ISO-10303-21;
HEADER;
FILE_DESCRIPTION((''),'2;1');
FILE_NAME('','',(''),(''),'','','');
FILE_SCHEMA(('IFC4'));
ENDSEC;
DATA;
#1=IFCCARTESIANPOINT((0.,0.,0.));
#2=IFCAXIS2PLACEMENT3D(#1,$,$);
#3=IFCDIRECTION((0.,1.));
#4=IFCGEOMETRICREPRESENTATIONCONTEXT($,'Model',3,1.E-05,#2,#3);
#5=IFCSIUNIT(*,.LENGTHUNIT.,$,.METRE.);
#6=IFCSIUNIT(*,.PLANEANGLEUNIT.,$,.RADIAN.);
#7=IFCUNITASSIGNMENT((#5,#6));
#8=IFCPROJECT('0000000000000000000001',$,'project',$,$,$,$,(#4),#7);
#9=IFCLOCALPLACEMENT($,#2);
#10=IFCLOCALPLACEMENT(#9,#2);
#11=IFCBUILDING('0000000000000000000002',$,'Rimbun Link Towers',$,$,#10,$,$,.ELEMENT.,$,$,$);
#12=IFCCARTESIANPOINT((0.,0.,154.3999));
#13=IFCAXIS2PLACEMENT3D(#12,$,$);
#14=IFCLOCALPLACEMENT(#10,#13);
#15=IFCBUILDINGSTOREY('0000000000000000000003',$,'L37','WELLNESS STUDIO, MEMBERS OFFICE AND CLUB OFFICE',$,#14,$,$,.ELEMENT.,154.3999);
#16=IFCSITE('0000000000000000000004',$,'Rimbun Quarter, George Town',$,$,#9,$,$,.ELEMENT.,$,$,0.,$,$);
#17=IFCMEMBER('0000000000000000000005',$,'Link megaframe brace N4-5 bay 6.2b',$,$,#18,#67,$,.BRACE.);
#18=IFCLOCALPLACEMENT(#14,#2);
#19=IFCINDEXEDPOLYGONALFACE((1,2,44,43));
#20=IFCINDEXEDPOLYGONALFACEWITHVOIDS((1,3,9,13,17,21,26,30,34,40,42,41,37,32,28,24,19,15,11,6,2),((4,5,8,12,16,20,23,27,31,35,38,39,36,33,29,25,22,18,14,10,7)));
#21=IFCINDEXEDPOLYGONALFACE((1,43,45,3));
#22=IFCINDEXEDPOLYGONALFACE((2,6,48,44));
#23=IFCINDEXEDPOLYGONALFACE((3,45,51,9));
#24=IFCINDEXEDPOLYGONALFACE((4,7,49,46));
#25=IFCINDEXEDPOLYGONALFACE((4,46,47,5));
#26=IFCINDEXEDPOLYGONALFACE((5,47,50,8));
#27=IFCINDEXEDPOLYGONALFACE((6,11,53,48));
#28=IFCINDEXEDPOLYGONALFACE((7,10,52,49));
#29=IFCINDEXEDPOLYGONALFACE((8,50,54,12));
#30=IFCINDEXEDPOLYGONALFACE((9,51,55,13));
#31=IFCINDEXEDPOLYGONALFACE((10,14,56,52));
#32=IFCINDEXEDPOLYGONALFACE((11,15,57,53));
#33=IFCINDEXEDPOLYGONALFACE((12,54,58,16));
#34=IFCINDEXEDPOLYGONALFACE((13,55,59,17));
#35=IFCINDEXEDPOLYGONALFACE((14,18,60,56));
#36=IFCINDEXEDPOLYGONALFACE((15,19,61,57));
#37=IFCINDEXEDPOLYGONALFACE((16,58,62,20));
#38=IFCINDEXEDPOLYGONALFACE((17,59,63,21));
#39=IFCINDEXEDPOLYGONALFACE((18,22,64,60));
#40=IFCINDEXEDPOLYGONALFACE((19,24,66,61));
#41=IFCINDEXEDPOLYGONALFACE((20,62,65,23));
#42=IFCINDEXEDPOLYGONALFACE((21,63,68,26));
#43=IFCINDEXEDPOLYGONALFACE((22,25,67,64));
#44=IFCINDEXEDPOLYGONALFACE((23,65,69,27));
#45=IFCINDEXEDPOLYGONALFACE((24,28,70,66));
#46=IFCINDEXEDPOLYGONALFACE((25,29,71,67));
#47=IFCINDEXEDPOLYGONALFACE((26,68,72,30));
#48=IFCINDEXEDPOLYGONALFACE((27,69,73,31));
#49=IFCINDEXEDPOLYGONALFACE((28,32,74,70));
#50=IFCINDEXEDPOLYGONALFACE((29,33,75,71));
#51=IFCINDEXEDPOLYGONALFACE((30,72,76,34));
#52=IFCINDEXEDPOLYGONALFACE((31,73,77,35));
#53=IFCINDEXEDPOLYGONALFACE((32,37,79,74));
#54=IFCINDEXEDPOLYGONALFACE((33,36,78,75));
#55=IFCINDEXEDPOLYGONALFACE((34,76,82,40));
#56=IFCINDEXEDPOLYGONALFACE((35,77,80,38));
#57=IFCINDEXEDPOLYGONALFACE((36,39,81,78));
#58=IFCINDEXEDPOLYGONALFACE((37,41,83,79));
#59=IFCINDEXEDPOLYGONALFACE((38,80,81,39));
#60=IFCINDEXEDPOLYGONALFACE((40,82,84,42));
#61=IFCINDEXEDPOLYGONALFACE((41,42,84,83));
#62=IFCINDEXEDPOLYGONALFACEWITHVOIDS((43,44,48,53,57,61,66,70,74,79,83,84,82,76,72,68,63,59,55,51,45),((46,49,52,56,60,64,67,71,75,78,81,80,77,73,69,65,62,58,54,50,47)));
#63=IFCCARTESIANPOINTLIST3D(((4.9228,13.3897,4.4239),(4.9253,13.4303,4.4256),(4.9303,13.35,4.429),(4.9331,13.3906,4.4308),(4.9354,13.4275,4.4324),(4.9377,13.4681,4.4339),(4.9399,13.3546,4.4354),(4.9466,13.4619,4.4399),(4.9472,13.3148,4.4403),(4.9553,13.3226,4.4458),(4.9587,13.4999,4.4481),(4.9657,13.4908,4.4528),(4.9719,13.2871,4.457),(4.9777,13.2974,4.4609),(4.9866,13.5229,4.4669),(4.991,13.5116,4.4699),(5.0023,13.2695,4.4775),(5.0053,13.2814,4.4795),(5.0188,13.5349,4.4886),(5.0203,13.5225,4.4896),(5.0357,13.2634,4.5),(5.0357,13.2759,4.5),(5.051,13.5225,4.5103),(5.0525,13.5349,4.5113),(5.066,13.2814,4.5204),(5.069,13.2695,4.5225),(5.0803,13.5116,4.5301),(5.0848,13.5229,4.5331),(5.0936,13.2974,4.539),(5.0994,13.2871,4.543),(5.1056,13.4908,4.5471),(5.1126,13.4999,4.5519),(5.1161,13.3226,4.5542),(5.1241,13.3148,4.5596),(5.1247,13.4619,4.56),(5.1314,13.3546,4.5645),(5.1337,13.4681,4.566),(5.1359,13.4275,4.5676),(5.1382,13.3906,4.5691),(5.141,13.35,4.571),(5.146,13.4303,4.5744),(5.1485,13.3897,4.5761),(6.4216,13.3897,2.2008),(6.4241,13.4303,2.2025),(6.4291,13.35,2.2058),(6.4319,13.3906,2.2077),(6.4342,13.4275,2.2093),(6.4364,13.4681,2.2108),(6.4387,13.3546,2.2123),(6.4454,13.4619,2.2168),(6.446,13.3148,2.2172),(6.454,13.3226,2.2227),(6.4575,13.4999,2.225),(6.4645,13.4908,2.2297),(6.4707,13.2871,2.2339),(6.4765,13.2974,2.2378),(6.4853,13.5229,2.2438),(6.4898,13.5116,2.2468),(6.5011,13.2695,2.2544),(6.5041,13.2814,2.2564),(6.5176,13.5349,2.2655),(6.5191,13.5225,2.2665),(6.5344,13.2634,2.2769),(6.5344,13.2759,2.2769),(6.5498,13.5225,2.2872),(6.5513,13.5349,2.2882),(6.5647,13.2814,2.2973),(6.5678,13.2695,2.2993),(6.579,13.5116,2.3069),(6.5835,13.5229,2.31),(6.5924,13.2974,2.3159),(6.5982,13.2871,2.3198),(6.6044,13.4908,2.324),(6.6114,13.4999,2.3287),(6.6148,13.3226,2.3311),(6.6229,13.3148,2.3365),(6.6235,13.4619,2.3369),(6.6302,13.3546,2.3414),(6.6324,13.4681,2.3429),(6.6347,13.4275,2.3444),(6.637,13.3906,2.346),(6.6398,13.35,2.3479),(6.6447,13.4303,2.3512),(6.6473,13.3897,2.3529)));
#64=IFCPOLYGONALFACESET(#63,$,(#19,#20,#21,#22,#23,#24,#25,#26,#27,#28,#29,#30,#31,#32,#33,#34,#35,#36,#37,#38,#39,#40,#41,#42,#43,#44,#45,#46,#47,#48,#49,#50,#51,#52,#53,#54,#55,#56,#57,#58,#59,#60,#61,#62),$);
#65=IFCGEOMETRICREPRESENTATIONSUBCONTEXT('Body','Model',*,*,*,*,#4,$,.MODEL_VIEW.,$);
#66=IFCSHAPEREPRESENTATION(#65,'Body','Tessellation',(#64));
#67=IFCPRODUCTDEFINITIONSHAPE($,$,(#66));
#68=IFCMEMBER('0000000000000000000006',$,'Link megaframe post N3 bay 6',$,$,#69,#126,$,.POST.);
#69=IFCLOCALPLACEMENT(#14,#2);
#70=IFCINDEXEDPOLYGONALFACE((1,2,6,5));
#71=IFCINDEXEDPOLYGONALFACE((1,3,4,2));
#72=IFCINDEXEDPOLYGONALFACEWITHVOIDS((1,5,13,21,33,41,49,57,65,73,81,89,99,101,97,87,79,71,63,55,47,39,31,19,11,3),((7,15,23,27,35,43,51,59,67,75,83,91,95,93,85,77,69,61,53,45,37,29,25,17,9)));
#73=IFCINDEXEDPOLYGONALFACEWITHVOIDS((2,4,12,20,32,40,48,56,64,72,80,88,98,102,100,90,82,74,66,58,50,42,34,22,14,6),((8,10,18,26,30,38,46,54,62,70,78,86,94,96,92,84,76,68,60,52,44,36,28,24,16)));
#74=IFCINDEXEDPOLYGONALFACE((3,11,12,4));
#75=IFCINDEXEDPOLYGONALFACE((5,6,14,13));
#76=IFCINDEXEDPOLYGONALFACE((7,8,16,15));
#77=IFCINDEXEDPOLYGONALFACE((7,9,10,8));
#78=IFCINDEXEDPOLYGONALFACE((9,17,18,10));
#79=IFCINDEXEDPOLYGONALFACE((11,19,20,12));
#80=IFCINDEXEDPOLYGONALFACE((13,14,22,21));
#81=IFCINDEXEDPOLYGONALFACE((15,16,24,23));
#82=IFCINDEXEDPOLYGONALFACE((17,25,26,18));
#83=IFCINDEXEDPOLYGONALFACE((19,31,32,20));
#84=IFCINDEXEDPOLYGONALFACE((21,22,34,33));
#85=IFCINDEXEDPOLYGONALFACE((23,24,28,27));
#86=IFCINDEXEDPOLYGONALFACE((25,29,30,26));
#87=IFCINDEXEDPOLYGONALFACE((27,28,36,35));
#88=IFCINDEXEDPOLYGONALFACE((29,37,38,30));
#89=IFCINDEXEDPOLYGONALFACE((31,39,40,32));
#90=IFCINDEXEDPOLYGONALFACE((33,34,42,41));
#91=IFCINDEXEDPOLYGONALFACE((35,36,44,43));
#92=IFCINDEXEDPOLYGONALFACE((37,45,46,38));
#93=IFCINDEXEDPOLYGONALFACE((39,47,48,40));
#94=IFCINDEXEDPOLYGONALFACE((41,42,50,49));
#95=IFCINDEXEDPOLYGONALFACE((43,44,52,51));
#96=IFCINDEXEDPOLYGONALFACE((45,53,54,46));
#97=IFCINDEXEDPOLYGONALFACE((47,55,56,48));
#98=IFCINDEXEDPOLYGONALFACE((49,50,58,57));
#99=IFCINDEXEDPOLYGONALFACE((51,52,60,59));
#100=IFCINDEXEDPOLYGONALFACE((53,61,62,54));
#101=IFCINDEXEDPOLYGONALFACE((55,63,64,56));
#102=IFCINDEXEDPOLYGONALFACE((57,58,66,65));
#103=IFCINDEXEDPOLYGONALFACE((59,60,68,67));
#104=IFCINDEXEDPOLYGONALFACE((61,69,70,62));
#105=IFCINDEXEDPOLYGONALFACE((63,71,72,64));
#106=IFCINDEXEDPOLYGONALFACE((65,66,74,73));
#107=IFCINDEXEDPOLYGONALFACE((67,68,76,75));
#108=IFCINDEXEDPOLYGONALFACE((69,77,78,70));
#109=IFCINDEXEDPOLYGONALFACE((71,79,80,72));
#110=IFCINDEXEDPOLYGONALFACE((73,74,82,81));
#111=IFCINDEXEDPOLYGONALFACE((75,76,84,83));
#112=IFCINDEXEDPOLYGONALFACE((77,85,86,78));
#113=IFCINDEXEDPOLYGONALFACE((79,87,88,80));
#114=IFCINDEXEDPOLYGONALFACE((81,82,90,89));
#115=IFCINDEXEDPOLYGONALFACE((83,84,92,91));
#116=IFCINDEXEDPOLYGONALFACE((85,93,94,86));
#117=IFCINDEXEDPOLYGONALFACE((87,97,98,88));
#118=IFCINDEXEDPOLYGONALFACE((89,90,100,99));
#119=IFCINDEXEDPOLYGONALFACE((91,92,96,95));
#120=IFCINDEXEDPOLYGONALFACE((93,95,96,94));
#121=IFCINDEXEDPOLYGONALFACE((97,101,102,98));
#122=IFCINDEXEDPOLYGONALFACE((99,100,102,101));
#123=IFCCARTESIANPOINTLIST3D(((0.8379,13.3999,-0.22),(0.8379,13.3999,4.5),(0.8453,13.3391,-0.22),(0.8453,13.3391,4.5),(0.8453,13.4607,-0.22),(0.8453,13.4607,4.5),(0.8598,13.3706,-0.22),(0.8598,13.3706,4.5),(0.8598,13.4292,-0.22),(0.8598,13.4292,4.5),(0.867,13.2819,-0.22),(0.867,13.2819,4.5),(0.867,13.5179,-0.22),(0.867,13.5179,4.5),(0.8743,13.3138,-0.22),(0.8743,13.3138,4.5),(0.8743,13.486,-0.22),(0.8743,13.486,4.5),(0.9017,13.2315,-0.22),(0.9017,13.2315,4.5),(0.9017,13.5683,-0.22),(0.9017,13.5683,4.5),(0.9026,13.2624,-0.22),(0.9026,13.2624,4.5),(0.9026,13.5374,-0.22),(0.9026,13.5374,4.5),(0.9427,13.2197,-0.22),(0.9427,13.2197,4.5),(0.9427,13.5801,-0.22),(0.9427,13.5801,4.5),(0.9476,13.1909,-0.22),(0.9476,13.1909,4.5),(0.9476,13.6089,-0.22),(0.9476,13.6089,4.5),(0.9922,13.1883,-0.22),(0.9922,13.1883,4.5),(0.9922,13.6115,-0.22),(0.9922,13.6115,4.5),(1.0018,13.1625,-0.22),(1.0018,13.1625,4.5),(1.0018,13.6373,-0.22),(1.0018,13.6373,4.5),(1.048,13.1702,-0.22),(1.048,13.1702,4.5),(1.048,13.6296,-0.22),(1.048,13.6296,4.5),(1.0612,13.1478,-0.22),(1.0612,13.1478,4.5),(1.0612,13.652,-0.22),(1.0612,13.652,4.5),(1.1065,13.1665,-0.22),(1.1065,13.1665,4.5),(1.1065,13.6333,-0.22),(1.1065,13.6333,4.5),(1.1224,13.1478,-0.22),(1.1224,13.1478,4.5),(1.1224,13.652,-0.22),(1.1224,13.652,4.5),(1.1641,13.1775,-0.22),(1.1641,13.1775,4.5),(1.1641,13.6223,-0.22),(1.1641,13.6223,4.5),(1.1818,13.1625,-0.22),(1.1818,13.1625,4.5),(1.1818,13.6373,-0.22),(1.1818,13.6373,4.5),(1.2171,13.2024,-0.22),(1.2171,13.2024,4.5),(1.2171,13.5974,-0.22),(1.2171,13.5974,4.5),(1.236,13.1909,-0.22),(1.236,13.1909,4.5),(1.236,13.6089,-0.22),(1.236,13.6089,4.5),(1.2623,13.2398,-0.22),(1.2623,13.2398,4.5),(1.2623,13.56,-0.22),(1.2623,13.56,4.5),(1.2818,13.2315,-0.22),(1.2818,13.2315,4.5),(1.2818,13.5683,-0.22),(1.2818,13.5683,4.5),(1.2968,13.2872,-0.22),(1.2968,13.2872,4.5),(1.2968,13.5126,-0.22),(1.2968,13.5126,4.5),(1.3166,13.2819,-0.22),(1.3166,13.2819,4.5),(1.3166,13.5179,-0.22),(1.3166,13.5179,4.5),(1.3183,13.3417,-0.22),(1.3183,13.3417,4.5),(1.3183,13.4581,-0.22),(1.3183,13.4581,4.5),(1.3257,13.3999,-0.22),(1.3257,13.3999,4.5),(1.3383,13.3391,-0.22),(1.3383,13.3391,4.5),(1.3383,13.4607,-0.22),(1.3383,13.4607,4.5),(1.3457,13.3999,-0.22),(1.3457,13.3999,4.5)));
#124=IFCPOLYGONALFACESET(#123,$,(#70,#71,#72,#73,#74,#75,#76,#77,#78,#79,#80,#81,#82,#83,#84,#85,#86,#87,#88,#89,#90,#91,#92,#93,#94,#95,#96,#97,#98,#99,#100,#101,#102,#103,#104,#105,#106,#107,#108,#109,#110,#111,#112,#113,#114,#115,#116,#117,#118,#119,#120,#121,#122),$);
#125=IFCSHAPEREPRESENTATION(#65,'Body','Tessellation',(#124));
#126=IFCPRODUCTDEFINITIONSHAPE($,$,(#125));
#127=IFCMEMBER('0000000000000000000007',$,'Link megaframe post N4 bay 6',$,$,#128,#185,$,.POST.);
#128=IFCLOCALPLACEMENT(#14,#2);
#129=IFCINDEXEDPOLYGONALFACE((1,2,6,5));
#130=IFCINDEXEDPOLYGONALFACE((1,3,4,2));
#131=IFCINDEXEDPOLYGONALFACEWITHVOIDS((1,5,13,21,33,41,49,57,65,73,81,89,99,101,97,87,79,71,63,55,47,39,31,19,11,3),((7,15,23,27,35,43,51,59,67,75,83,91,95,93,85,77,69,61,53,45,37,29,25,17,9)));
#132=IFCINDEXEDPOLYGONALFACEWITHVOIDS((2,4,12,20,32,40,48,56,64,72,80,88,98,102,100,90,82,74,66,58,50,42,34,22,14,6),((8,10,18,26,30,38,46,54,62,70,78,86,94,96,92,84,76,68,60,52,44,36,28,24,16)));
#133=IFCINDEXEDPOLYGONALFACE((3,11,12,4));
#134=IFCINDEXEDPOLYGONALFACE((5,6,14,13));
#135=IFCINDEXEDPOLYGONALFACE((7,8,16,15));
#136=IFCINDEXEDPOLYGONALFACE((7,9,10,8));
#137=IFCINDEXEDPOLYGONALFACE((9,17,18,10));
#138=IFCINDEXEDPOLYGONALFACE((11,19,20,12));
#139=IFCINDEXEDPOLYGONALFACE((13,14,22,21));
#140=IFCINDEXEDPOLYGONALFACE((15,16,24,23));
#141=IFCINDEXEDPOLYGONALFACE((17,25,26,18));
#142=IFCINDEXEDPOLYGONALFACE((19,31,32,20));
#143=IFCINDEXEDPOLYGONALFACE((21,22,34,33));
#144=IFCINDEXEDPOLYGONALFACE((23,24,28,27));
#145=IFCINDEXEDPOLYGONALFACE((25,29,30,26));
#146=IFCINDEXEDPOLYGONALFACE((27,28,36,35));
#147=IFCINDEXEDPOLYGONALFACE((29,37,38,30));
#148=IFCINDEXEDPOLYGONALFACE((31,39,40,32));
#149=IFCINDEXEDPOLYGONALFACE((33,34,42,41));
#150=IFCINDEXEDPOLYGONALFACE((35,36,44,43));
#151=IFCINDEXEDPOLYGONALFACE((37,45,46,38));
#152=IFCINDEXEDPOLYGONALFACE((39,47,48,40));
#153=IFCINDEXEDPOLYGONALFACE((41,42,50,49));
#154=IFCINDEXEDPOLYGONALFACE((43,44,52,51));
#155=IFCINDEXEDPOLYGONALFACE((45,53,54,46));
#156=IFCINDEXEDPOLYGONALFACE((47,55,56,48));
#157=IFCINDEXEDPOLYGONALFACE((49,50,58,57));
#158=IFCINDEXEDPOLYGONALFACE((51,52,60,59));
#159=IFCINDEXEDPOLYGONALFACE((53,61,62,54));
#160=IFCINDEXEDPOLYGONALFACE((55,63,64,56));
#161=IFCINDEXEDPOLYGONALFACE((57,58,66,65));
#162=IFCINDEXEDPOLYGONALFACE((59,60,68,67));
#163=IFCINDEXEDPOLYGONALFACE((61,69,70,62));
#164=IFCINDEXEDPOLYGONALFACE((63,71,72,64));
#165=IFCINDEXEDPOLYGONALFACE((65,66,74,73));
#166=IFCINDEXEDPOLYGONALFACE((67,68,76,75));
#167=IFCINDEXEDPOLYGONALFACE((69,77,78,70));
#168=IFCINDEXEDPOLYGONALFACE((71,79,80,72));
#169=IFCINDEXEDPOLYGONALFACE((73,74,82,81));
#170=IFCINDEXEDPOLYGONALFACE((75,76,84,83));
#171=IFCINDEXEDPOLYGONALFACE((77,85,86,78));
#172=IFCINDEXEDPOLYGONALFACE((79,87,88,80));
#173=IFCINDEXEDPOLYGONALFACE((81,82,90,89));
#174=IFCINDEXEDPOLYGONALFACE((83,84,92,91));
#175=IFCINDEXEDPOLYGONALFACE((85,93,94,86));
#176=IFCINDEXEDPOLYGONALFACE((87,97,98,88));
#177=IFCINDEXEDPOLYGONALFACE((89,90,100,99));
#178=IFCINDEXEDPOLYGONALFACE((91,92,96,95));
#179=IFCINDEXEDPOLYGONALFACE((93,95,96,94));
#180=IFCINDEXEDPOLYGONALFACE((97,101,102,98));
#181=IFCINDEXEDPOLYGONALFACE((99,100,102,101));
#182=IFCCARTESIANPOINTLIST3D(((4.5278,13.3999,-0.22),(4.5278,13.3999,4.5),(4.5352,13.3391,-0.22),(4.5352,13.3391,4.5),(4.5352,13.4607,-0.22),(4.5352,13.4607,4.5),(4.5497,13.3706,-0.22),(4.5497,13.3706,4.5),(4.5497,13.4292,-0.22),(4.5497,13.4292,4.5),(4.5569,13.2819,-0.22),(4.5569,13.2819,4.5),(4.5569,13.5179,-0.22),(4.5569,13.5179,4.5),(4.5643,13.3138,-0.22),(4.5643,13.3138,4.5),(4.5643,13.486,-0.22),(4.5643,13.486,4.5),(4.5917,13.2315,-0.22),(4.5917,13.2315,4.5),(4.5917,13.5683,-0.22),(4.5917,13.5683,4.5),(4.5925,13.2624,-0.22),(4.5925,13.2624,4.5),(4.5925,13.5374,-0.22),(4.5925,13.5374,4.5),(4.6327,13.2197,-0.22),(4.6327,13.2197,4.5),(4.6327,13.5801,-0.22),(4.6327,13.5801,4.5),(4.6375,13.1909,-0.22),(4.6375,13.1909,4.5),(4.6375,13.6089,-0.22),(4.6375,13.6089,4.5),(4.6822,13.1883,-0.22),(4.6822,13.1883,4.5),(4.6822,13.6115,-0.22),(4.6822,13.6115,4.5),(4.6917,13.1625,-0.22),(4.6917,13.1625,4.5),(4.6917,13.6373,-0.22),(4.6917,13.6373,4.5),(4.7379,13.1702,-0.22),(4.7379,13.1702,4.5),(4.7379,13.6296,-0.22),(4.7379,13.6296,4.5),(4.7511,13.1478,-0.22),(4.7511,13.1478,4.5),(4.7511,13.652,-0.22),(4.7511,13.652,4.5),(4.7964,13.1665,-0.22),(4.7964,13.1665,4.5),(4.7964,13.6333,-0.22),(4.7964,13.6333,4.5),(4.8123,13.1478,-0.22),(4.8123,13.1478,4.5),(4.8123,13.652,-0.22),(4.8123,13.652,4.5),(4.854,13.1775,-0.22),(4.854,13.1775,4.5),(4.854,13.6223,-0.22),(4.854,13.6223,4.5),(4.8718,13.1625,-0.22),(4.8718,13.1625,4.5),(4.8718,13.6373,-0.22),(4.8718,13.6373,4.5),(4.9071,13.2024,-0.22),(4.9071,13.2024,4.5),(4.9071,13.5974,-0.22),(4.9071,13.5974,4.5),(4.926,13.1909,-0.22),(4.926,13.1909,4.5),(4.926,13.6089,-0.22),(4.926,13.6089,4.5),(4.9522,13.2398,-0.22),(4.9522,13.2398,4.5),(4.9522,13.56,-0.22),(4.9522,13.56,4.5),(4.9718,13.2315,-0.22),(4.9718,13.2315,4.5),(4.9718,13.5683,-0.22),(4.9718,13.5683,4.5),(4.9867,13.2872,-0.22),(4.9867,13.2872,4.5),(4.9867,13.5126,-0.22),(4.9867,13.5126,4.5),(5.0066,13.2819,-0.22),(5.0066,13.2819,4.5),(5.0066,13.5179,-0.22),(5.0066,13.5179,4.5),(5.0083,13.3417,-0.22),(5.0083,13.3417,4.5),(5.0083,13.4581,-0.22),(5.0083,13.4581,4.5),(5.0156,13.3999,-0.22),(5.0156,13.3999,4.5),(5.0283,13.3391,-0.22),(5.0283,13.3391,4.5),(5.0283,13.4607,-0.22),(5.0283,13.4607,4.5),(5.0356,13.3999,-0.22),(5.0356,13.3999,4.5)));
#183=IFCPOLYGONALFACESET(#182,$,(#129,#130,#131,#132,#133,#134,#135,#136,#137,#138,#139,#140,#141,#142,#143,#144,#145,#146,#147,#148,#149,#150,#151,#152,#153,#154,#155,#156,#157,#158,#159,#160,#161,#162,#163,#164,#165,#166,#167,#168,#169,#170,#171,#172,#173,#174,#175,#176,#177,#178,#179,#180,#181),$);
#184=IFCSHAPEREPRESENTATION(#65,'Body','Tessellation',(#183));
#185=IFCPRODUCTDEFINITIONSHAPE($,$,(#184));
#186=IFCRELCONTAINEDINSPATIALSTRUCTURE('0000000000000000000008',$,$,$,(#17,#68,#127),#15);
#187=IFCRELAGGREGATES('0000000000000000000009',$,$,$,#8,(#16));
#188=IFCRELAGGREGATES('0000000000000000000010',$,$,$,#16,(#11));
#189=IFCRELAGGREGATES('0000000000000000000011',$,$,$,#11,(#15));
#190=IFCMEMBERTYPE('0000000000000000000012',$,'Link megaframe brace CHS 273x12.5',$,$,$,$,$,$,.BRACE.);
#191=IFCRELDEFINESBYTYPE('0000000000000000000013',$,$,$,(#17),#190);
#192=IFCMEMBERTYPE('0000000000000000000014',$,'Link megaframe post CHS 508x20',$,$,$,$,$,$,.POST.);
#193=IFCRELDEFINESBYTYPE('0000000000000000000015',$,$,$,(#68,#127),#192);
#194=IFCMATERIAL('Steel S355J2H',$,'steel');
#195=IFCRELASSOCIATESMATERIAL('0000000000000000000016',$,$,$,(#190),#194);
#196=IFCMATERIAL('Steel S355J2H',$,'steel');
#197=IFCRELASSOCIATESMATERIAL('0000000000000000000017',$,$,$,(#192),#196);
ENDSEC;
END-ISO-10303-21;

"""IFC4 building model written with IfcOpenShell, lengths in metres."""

from ifc_helpers import new_model, si_unit, direction, frame, origin, origin_2d, place, context, subcontext, project, spatial, hollow_circle, extrude, material, material_profile, profile_set, type_object, element, save


model = new_model("IFC4")

# Units and contexts
model_context = context("Model", 3, precision=1e-05, world=origin(), true_north=direction((0.0, 1.0)))
body_context = subcontext(model_context, "Body", "Model", "MODEL_VIEW")
ifc_project = project(units=[si_unit("LENGTHUNIT", "METRE"), si_unit("PLANEANGLEUNIT", "RADIAN")], contexts=[model_context])

# Site, building, storey
site_placement = place(None, origin())
site = spatial("IfcSite", under=ifc_project, at=site_placement, Name="Rimbun Quarter, George Town", CompositionType="ELEMENT", RefElevation=0.0)
building_placement = place(site_placement, origin())
building = spatial("IfcBuilding", under=site, at=building_placement, Name="Rimbun Link Towers", CompositionType="ELEMENT")
storey_placement = place(building_placement, frame((0.0, 0.0, 154.3999)))
storey = spatial("IfcBuildingStorey", under=building, at=storey_placement, Name="L37", Description="WELLNESS STUDIO, MEMBERS OFFICE AND CLUB OFFICE", CompositionType="ELEMENT", Elevation=154.3999)

# Members
ifc_material_1 = material(Name="Steel S355J2H", Category="steel")
ifc_material_profile_1 = material_profile(ifc_material_1, hollow_circle(Radius=0.1365, WallThickness=0.0125, at=origin_2d()), Name="CHS 273x12.5")
ifc_profile_set_1 = profile_set([ifc_material_profile_1], Name="Steel S355J2H")
member_type_1 = type_object("IfcMemberType", Name="Link megaframe brace CHS 273x12.5", PredefinedType="BRACE", material=ifc_profile_set_1)
member_1_placement = place(storey_placement, frame((6.5344, 13.3999, 2.2769), z_axis=(-0.559, 0.0, 0.829167), x_axis=(0.0, -1.0, 0.0)))
element("IfcMember", 1, at=member_1_placement, inside=storey, type_object=member_type_1, Name="Link megaframe brace N4-5 bay 6.2b", PredefinedType="BRACE", context=body_context, shape_type="SweptSolid", body=[
    extrude(hollow_circle(Radius=0.1365, WallThickness=0.0125, at=origin_2d()), origin(), (0.0, 0.0, 1.0), 2.6812),
])
ifc_material_2 = material(Name="Steel S355J2H", Category="steel")
ifc_material_profile_2 = material_profile(ifc_material_2, hollow_circle(Radius=0.2539, WallThickness=0.02, at=origin_2d()), Name="CHS 508x20")
ifc_profile_set_2 = profile_set([ifc_material_profile_2], Name="Steel S355J2H")
member_type_2 = type_object("IfcMemberType", Name="Link megaframe post CHS 508x20", PredefinedType="POST", material=ifc_profile_set_2)
for number, where, z_axis, x_axis, name in (
    (2, (1.0918, 13.3999, -0.22), (0.0, 0.0, 1.0), (1.0, 0.0, 0.0), "Link megaframe post N3 bay 6"),
    (3, (4.7817, 13.3999, -0.22), (0.0, 0.0, 1.0), (1.0, 0.0, 0.0), "Link megaframe post N4 bay 6"),
):
    element("IfcMember", number, at=place(storey_placement, frame(where, z_axis=z_axis, x_axis=x_axis)), inside=storey, type_object=member_type_2, Name=name, PredefinedType="POST", context=body_context, shape_type="SweptSolid", body=[
        extrude(hollow_circle(Radius=0.2539, WallThickness=0.02, at=origin_2d()), origin(), (0.0, 0.0, 1.0), 4.72),
    ])

save(model, "model.ifc")
